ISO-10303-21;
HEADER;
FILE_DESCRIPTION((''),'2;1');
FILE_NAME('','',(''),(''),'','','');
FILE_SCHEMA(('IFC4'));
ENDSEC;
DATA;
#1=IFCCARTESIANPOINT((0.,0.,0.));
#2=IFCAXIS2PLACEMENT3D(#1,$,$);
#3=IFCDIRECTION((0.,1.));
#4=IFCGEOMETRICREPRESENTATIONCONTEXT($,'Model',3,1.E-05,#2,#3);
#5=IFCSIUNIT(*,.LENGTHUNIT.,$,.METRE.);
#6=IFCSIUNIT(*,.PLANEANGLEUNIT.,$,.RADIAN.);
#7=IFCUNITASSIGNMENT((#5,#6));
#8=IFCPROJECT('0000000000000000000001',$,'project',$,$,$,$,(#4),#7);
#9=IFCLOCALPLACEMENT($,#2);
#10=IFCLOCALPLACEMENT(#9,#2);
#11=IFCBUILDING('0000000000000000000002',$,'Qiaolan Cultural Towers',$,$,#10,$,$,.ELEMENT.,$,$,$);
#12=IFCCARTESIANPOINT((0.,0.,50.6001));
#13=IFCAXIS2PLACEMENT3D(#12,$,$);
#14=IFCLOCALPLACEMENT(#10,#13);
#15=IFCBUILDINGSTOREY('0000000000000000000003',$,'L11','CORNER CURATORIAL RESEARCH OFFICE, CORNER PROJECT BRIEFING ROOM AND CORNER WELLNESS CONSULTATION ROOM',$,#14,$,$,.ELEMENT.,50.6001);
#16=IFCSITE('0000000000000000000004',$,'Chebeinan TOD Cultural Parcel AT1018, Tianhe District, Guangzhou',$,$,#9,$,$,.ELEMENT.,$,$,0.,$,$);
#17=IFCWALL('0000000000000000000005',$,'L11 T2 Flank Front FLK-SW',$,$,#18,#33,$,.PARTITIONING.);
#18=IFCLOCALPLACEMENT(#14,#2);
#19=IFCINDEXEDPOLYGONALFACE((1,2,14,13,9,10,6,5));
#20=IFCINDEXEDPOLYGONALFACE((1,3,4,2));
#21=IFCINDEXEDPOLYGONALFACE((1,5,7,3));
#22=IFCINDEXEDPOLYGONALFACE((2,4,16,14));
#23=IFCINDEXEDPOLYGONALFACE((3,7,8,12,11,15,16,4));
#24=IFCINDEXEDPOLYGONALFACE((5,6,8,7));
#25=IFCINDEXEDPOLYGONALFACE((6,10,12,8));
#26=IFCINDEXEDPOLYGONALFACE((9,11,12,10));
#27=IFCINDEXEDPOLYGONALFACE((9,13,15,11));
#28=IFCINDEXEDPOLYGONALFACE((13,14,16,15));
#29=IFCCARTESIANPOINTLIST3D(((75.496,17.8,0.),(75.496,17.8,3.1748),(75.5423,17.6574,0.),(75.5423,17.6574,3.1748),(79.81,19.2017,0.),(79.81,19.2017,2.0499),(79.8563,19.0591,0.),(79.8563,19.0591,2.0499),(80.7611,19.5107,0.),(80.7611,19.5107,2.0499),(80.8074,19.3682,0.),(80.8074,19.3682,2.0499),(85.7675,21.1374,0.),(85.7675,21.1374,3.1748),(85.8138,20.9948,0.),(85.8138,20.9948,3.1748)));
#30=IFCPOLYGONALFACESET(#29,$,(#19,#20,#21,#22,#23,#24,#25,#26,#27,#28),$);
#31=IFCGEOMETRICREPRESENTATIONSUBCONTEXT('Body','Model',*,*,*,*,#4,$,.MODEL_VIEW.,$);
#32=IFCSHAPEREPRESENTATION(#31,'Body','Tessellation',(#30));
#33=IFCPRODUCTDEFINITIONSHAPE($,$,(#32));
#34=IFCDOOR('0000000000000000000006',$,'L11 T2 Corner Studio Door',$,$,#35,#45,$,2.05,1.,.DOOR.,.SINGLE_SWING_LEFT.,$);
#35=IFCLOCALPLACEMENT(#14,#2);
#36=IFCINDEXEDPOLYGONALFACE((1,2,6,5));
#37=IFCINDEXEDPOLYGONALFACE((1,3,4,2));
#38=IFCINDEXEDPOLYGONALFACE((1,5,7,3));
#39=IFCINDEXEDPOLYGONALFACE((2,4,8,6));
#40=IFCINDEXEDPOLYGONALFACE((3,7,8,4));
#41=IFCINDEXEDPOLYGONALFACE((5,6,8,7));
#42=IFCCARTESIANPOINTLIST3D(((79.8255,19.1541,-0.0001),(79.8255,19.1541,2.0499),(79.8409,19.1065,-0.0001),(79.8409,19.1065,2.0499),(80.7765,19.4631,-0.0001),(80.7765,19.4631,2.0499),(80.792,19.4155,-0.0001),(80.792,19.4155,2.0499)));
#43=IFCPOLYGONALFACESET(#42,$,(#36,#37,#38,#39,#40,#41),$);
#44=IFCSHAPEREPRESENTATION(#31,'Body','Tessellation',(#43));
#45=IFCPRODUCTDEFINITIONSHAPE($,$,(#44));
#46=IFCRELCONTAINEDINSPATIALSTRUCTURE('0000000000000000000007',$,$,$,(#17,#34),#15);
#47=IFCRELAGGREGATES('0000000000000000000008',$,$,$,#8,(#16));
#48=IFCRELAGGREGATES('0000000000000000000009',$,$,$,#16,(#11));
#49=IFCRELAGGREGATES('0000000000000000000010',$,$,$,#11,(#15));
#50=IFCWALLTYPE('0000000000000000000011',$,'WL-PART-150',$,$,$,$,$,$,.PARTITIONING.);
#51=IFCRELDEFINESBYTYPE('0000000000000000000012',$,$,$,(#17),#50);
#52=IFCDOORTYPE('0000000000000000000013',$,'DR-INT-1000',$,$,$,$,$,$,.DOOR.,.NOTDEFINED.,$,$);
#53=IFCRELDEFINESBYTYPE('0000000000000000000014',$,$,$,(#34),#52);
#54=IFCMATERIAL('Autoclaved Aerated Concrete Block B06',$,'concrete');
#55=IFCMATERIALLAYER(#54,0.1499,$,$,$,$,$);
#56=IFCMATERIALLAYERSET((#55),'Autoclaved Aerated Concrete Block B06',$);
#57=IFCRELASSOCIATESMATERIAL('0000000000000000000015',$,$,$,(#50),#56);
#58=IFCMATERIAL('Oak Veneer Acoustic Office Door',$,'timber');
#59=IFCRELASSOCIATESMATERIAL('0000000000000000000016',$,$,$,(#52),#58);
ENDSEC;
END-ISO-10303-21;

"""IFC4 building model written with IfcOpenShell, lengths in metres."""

from ifc_helpers import new_model, si_unit, direction, frame, frame_2d, origin, place, context, subcontext, project, spatial, rectangle, extrude, material, layer, layer_set, type_object, element, fill, save


model = new_model("IFC4")

# Units and contexts
model_context = context("Model", 3, precision=1e-05, world=origin(), true_north=direction((0.0, 1.0)))
body_context = subcontext(model_context, "Body", "Model", "MODEL_VIEW")
ifc_project = project(units=[si_unit("LENGTHUNIT", "METRE"), si_unit("PLANEANGLEUNIT", "RADIAN")], contexts=[model_context])

# Site, building, storey
site_placement = place(None, origin())
site = spatial("IfcSite", under=ifc_project, at=site_placement, Name="Chebeinan TOD Cultural Parcel AT1018, Tianhe District, Guangzhou", CompositionType="ELEMENT", RefElevation=0.0)
building_placement = place(site_placement, origin())
building = spatial("IfcBuilding", under=site, at=building_placement, Name="Qiaolan Cultural Towers", CompositionType="ELEMENT")
storey_placement = place(building_placement, frame((0.0, 0.0, 50.6001)))
storey = spatial("IfcBuildingStorey", under=building, at=storey_placement, Name="L11", Description="CORNER CURATORIAL RESEARCH OFFICE, CORNER PROJECT BRIEFING ROOM AND CORNER WELLNESS CONSULTATION ROOM", CompositionType="ELEMENT", Elevation=50.6001)

# Shared definitions
ifc_material_1 = material(Name="Autoclaved Aerated Concrete Block B06", Category="concrete")
ifc_layer_1 = layer(ifc_material_1, 0.1499)
ifc_layer_set_1 = layer_set([ifc_layer_1], Name="Autoclaved Aerated Concrete Block B06")
wall_type_1 = type_object("IfcWallType", Name="WL-PART-150", PredefinedType="PARTITIONING", material=ifc_layer_set_1)

# Wall, opening, door
wall_1_placement = place(storey_placement, frame((75.5193, 17.7288, 0.0), z_axis=(0.0, 0.0, 1.0), x_axis=(0.951057, 0.309017, 0.0)))
wall_1 = element("IfcWall", 1, at=wall_1_placement, inside=storey, type_object=wall_type_1, Name="L11 T2 Flank Front FLK-SW", PredefinedType="PARTITIONING", context=body_context, shape_type="SweptSolid", body=[
    extrude(rectangle(XDim=10.8, YDim=0.1499, at=frame_2d((5.3999, 0.0))), origin(), (0.0, 0.0, 1.0), 3.1748),
])
opening_1_placement = place(wall_1_placement, frame((4.5359, 0.0, 0.0)))
opening_1 = element("IfcOpeningElement", 2, at=opening_1_placement, cuts=wall_1, PredefinedType="OPENING", context=body_context, shape_type="SweptSolid", body=[
    extrude(rectangle(XDim=1.0, YDim=2.05, at=frame_2d((0.5, 1.0249))), frame((0.0, 0.085, 0.0), z_axis=(0.0, -1.0, 0.0), x_axis=(1.0, 0.0, 0.0)), (0.0, 0.0, 1.0), 0.1699),
])
ifc_material_2 = material(Name="Oak Veneer Acoustic Office Door", Category="timber")
door_type_1 = type_object("IfcDoorType", Name="DR-INT-1000", OperationType="NOTDEFINED", PredefinedType="DOOR", material=ifc_material_2)
door_1_placement = place(opening_1_placement, origin())
door_1 = element("IfcDoor", 3, at=door_1_placement, inside=storey, type_object=door_type_1, Name="L11 T2 Corner Studio Door", OperationType="SINGLE_SWING_LEFT", OverallHeight=2.05, OverallWidth=1.0, PredefinedType="DOOR", context=body_context, shape_type="SweptSolid", body=[
    extrude(rectangle(XDim=1.0, YDim=2.05, at=frame_2d((0.5, 1.0249))), frame((0.0, 0.0249, 0.0), z_axis=(0.0, -1.0, 0.0), x_axis=(1.0, 0.0, 0.0)), (0.0, 0.0, 1.0), 0.05),
])
fill(opening_1, door_1)

save(model, "model.ifc")
